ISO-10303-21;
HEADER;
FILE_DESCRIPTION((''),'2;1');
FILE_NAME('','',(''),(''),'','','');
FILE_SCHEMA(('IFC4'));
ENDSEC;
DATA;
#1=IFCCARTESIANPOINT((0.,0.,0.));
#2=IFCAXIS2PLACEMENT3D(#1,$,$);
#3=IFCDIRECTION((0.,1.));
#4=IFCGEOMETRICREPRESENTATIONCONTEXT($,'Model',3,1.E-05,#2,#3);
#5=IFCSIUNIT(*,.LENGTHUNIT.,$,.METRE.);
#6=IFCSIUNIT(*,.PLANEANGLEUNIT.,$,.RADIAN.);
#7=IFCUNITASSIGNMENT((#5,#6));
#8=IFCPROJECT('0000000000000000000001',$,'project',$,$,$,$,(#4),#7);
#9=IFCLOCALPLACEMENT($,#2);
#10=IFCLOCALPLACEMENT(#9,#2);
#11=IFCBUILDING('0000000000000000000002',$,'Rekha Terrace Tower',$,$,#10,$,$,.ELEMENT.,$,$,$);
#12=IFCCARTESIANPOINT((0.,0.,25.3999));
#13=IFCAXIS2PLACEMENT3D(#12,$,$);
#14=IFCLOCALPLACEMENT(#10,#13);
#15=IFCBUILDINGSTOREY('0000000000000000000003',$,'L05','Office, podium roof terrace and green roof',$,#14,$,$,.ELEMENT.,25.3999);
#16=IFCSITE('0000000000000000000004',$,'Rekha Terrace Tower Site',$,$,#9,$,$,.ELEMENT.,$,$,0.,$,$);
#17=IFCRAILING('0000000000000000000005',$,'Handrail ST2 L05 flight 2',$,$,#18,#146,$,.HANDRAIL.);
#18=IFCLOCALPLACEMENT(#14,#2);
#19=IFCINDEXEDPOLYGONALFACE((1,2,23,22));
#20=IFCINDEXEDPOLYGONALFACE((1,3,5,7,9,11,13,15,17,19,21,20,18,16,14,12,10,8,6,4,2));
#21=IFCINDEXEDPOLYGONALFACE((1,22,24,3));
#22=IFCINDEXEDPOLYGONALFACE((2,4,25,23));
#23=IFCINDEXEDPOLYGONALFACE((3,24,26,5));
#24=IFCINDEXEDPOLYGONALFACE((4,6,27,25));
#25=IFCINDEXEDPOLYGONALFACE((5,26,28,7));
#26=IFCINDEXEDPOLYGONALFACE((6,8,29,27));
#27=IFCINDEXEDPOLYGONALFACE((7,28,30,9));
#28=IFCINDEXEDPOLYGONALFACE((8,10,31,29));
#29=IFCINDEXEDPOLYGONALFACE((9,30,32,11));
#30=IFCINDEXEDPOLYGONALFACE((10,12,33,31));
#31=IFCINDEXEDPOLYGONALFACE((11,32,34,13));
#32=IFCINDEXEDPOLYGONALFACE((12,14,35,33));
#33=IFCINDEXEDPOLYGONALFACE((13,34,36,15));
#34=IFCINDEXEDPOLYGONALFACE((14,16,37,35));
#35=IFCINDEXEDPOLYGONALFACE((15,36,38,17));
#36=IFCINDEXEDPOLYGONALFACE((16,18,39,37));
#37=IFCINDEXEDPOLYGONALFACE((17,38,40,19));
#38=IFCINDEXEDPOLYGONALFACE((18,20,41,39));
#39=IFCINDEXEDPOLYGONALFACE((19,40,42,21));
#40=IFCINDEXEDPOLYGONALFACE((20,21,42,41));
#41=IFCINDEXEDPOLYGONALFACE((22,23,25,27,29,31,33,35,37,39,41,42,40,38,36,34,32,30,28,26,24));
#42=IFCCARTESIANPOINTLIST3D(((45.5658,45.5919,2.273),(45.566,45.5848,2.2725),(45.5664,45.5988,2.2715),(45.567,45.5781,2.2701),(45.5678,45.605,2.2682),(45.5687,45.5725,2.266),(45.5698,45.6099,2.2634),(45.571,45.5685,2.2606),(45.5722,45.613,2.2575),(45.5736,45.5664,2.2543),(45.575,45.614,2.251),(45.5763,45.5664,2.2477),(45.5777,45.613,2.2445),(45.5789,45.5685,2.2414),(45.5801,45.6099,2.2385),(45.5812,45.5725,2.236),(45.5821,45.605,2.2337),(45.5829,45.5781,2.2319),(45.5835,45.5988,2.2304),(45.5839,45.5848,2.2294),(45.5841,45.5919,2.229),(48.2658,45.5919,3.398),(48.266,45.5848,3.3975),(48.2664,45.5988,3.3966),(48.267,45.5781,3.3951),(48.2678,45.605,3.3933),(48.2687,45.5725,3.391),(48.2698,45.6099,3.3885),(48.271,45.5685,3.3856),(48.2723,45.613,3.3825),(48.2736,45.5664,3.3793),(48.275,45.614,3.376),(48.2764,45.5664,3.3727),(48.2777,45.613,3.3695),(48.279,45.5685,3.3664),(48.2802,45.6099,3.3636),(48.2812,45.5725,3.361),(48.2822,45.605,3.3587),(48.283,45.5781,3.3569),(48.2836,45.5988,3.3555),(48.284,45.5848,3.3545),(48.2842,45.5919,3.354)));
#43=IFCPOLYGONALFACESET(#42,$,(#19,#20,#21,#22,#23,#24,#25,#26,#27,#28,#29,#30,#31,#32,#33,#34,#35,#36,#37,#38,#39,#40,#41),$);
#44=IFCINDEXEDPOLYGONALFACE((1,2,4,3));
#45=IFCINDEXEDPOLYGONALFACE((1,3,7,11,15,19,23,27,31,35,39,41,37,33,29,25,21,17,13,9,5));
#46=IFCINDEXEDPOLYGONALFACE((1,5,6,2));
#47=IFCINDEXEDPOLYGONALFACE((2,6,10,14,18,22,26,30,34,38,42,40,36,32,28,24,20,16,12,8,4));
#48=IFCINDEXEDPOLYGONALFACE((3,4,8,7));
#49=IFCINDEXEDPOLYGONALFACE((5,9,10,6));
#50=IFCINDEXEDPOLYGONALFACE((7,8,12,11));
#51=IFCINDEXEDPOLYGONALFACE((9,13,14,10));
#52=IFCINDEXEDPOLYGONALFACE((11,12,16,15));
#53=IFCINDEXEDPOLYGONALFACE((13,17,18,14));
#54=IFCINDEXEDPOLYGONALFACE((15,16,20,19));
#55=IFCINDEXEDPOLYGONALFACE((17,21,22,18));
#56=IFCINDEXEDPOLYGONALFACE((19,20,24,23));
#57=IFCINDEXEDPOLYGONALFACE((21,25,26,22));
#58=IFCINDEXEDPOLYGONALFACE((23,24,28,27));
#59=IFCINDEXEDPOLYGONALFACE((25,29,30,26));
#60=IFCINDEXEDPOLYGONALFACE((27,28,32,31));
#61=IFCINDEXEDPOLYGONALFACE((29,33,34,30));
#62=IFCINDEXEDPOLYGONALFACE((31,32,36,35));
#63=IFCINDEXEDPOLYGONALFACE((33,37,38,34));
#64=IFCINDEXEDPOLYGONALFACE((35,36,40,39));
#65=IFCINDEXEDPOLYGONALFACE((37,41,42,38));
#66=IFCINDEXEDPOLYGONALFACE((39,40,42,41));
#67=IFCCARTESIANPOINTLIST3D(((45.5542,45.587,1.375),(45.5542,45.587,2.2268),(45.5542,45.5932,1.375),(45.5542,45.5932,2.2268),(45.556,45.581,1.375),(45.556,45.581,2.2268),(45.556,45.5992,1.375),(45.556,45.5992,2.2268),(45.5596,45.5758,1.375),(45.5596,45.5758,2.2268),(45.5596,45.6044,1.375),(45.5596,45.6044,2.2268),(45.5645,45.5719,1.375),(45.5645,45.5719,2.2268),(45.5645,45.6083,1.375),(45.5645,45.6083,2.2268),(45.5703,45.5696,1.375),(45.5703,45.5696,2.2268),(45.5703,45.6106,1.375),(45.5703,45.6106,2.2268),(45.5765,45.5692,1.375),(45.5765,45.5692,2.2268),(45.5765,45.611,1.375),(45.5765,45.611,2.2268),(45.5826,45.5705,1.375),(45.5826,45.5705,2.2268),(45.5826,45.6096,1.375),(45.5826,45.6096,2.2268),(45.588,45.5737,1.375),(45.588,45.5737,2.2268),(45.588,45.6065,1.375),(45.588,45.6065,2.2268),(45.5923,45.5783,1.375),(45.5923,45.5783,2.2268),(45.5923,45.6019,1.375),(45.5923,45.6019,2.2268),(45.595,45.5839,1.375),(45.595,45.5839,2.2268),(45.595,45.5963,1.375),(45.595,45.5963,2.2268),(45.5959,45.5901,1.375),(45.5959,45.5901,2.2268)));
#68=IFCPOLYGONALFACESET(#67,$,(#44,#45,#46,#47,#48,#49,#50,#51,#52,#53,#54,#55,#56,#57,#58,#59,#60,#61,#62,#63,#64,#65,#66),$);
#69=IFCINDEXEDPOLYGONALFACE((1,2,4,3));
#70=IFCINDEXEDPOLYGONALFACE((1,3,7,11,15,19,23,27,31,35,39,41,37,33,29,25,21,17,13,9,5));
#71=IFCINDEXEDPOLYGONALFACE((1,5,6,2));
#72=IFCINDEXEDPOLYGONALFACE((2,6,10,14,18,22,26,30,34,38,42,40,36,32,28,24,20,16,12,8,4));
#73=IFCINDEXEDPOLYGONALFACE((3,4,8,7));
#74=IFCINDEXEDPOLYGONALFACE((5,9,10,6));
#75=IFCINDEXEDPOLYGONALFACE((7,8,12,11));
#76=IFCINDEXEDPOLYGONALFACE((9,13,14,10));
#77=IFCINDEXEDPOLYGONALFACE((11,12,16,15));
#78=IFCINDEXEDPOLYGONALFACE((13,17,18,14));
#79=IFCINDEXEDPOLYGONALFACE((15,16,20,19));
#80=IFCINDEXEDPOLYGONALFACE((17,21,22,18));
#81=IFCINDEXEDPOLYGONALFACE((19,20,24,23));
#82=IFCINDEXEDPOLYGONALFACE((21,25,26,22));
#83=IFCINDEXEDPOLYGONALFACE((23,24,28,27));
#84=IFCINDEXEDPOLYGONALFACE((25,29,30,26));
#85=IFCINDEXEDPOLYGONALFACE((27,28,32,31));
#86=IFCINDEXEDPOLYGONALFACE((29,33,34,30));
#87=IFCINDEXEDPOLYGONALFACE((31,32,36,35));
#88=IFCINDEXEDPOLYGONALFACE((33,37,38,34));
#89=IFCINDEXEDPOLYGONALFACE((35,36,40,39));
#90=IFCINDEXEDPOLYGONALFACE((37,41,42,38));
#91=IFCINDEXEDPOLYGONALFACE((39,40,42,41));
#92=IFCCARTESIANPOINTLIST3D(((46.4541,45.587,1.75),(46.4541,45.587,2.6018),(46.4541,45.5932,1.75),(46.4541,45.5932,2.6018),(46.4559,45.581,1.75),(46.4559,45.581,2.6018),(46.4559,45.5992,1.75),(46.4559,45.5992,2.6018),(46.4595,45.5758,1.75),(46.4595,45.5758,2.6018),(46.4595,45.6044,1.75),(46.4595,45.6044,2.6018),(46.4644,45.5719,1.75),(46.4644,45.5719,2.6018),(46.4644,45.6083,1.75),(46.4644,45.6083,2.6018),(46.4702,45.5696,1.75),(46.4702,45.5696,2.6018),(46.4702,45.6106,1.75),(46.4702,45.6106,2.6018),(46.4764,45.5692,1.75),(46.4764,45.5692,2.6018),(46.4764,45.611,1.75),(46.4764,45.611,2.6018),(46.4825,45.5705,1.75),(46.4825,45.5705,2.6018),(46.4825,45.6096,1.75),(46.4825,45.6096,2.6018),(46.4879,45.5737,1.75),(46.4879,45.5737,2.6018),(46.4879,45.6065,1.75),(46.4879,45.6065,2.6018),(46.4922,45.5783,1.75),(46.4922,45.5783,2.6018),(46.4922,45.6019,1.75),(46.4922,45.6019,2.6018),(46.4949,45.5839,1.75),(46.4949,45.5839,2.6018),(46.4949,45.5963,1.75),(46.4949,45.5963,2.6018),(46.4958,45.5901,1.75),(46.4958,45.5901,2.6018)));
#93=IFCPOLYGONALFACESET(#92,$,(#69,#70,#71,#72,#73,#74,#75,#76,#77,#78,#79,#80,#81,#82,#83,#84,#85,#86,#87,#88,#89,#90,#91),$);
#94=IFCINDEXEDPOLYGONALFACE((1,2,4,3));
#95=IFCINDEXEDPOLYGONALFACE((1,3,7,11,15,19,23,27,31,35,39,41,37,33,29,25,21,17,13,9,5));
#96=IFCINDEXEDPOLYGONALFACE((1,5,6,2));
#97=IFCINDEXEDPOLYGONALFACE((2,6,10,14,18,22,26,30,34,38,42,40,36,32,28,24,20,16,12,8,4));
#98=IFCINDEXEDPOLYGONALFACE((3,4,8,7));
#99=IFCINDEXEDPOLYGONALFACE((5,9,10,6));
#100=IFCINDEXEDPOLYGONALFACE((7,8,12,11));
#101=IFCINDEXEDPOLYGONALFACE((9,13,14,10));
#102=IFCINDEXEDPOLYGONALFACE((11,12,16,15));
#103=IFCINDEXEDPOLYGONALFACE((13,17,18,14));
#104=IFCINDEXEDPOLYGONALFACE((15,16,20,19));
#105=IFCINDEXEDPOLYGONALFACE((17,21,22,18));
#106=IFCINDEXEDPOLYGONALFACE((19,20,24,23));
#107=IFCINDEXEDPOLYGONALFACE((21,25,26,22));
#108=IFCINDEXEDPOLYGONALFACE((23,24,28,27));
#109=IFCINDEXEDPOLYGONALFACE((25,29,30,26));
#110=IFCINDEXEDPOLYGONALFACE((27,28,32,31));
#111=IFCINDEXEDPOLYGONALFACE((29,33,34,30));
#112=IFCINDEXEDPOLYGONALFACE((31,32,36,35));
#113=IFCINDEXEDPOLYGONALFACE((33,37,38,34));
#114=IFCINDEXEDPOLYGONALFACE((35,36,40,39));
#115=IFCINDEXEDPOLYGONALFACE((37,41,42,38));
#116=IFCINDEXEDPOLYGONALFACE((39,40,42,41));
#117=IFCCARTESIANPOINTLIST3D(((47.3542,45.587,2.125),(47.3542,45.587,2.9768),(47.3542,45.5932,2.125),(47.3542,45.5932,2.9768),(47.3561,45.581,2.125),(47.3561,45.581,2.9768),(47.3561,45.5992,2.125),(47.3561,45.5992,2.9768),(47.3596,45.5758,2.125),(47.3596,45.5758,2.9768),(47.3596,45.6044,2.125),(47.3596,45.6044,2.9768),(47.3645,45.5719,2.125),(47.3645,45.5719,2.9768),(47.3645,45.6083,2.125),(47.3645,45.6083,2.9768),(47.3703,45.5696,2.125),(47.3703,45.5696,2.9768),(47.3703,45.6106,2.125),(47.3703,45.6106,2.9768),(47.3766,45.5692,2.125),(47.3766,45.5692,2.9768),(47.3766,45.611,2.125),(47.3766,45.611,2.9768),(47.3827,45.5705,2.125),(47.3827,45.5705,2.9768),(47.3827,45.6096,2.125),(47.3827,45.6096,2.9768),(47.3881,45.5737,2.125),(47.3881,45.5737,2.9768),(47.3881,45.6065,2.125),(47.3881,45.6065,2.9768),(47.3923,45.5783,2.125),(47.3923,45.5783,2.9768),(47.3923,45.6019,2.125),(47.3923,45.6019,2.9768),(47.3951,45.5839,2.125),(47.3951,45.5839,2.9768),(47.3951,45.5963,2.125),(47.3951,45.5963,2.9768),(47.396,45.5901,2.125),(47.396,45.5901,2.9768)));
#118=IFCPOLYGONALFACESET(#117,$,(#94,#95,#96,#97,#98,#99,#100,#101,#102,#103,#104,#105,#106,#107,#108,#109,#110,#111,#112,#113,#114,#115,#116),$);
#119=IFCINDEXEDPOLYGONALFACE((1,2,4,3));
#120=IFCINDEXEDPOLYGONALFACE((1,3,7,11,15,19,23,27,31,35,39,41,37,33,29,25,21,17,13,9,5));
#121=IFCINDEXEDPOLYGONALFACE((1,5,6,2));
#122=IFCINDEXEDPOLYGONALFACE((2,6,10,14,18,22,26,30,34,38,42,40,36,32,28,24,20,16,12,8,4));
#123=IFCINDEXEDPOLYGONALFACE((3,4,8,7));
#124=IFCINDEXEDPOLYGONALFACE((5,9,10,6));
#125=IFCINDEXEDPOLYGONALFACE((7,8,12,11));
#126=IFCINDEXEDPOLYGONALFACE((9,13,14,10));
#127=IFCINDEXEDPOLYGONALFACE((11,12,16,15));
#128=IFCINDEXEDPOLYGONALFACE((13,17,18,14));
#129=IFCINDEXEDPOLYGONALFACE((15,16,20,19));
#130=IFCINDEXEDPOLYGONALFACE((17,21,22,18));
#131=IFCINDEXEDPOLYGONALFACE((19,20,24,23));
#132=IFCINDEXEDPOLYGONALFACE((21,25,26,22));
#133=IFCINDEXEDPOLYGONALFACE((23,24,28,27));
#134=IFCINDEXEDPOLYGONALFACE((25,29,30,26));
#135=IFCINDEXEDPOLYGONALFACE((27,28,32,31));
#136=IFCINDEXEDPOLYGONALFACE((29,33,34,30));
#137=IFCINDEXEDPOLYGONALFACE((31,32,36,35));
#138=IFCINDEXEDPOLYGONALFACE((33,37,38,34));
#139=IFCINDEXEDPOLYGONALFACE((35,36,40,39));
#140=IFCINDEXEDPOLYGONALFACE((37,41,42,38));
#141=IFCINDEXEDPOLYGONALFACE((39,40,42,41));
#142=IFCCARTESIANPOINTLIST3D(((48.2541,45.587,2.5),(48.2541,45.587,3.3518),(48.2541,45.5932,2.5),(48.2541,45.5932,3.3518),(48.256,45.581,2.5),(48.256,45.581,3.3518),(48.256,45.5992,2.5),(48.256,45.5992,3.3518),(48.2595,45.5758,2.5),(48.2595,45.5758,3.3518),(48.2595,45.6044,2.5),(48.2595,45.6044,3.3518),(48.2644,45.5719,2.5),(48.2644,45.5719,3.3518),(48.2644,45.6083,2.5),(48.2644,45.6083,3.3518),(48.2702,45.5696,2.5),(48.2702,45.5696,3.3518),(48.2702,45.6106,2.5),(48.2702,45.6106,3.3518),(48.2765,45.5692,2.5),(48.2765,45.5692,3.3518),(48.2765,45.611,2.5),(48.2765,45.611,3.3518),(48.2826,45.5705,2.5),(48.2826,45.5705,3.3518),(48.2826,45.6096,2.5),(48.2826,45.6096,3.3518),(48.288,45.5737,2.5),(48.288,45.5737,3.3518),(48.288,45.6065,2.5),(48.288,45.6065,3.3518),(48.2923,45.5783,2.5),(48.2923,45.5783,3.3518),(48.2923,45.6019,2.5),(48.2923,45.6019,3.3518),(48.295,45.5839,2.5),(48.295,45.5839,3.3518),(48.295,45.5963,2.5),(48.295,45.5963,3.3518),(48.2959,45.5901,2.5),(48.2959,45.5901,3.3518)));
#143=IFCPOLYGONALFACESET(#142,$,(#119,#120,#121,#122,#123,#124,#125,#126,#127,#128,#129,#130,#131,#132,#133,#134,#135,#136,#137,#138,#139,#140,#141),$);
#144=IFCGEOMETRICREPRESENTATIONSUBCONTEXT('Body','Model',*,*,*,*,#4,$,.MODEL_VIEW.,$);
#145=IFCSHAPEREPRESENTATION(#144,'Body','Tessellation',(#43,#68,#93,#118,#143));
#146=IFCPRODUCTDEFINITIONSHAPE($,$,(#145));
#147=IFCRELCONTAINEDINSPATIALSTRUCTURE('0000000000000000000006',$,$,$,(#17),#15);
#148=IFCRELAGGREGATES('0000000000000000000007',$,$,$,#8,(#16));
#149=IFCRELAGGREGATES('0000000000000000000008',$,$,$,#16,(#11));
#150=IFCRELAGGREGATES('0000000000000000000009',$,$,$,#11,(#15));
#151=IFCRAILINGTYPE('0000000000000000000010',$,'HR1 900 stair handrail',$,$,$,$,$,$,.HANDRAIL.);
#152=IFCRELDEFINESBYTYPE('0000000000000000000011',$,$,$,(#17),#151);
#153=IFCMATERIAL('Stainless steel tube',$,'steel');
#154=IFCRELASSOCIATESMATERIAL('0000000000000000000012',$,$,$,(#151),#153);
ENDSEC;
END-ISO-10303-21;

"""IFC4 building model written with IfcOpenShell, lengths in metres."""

from ifc_helpers import new_model, si_unit, direction, frame, origin, origin_2d, place, context, subcontext, project, spatial, circle, extrude, material, type_object, element, save


model = new_model("IFC4")

# Units and contexts
model_context = context("Model", 3, precision=1e-05, world=origin(), true_north=direction((0.0, 1.0)))
body_context = subcontext(model_context, "Body", "Model", "MODEL_VIEW")
ifc_project = project(units=[si_unit("LENGTHUNIT", "METRE"), si_unit("PLANEANGLEUNIT", "RADIAN")], contexts=[model_context])

# Site, building, storey
site_placement = place(None, origin())
site = spatial("IfcSite", under=ifc_project, at=site_placement, Name="Rekha Terrace Tower Site", CompositionType="ELEMENT", RefElevation=0.0)
building_placement = place(site_placement, origin())
building = spatial("IfcBuilding", under=site, at=building_placement, Name="Rekha Terrace Tower", CompositionType="ELEMENT")
storey_placement = place(building_placement, frame((0.0, 0.0, 25.3999)))
storey = spatial("IfcBuildingStorey", under=building, at=storey_placement, Name="L05", Description="Office, podium roof terrace and green roof", CompositionType="ELEMENT", Elevation=25.3999)

# Railing
ifc_material_1 = material(Name="Stainless steel tube", Category="steel")
railing_type = type_object("IfcRailingType", Name="HR1 900 stair handrail", PredefinedType="HANDRAIL", material=ifc_material_1)
railing_placement = place(storey_placement, frame((45.575, 45.5901, 1.375)))
element("IfcRailing", 1, at=railing_placement, inside=storey, type_object=railing_type, Name="Handrail ST2 L05 flight 2", PredefinedType="HANDRAIL", context=body_context, shape_type="SweptSolid", body=[
    extrude(circle(Radius=0.0239, at=origin_2d()), frame((0.0, 0.0, 0.876), z_axis=(0.923074, 0.0, 0.384621), x_axis=(0.0, 1.0, 0.0)), (0.0, 0.0, 1.0), 2.925),
    extrude(circle(Radius=0.021, at=origin_2d()), origin(), (0.0, 0.0, 1.0), 0.8518),
    extrude(circle(Radius=0.021, at=origin_2d()), frame((0.8999, 0.0, 0.375)), (0.0, 0.0, 1.0), 0.8518),
    extrude(circle(Radius=0.021, at=origin_2d()), frame((1.8, 0.0, 0.75)), (0.0, 0.0, 1.0), 0.8518),
    extrude(circle(Radius=0.021, at=origin_2d()), frame((2.7, 0.0, 1.125)), (0.0, 0.0, 1.0), 0.8518),
])

save(model, "model.ifc")
